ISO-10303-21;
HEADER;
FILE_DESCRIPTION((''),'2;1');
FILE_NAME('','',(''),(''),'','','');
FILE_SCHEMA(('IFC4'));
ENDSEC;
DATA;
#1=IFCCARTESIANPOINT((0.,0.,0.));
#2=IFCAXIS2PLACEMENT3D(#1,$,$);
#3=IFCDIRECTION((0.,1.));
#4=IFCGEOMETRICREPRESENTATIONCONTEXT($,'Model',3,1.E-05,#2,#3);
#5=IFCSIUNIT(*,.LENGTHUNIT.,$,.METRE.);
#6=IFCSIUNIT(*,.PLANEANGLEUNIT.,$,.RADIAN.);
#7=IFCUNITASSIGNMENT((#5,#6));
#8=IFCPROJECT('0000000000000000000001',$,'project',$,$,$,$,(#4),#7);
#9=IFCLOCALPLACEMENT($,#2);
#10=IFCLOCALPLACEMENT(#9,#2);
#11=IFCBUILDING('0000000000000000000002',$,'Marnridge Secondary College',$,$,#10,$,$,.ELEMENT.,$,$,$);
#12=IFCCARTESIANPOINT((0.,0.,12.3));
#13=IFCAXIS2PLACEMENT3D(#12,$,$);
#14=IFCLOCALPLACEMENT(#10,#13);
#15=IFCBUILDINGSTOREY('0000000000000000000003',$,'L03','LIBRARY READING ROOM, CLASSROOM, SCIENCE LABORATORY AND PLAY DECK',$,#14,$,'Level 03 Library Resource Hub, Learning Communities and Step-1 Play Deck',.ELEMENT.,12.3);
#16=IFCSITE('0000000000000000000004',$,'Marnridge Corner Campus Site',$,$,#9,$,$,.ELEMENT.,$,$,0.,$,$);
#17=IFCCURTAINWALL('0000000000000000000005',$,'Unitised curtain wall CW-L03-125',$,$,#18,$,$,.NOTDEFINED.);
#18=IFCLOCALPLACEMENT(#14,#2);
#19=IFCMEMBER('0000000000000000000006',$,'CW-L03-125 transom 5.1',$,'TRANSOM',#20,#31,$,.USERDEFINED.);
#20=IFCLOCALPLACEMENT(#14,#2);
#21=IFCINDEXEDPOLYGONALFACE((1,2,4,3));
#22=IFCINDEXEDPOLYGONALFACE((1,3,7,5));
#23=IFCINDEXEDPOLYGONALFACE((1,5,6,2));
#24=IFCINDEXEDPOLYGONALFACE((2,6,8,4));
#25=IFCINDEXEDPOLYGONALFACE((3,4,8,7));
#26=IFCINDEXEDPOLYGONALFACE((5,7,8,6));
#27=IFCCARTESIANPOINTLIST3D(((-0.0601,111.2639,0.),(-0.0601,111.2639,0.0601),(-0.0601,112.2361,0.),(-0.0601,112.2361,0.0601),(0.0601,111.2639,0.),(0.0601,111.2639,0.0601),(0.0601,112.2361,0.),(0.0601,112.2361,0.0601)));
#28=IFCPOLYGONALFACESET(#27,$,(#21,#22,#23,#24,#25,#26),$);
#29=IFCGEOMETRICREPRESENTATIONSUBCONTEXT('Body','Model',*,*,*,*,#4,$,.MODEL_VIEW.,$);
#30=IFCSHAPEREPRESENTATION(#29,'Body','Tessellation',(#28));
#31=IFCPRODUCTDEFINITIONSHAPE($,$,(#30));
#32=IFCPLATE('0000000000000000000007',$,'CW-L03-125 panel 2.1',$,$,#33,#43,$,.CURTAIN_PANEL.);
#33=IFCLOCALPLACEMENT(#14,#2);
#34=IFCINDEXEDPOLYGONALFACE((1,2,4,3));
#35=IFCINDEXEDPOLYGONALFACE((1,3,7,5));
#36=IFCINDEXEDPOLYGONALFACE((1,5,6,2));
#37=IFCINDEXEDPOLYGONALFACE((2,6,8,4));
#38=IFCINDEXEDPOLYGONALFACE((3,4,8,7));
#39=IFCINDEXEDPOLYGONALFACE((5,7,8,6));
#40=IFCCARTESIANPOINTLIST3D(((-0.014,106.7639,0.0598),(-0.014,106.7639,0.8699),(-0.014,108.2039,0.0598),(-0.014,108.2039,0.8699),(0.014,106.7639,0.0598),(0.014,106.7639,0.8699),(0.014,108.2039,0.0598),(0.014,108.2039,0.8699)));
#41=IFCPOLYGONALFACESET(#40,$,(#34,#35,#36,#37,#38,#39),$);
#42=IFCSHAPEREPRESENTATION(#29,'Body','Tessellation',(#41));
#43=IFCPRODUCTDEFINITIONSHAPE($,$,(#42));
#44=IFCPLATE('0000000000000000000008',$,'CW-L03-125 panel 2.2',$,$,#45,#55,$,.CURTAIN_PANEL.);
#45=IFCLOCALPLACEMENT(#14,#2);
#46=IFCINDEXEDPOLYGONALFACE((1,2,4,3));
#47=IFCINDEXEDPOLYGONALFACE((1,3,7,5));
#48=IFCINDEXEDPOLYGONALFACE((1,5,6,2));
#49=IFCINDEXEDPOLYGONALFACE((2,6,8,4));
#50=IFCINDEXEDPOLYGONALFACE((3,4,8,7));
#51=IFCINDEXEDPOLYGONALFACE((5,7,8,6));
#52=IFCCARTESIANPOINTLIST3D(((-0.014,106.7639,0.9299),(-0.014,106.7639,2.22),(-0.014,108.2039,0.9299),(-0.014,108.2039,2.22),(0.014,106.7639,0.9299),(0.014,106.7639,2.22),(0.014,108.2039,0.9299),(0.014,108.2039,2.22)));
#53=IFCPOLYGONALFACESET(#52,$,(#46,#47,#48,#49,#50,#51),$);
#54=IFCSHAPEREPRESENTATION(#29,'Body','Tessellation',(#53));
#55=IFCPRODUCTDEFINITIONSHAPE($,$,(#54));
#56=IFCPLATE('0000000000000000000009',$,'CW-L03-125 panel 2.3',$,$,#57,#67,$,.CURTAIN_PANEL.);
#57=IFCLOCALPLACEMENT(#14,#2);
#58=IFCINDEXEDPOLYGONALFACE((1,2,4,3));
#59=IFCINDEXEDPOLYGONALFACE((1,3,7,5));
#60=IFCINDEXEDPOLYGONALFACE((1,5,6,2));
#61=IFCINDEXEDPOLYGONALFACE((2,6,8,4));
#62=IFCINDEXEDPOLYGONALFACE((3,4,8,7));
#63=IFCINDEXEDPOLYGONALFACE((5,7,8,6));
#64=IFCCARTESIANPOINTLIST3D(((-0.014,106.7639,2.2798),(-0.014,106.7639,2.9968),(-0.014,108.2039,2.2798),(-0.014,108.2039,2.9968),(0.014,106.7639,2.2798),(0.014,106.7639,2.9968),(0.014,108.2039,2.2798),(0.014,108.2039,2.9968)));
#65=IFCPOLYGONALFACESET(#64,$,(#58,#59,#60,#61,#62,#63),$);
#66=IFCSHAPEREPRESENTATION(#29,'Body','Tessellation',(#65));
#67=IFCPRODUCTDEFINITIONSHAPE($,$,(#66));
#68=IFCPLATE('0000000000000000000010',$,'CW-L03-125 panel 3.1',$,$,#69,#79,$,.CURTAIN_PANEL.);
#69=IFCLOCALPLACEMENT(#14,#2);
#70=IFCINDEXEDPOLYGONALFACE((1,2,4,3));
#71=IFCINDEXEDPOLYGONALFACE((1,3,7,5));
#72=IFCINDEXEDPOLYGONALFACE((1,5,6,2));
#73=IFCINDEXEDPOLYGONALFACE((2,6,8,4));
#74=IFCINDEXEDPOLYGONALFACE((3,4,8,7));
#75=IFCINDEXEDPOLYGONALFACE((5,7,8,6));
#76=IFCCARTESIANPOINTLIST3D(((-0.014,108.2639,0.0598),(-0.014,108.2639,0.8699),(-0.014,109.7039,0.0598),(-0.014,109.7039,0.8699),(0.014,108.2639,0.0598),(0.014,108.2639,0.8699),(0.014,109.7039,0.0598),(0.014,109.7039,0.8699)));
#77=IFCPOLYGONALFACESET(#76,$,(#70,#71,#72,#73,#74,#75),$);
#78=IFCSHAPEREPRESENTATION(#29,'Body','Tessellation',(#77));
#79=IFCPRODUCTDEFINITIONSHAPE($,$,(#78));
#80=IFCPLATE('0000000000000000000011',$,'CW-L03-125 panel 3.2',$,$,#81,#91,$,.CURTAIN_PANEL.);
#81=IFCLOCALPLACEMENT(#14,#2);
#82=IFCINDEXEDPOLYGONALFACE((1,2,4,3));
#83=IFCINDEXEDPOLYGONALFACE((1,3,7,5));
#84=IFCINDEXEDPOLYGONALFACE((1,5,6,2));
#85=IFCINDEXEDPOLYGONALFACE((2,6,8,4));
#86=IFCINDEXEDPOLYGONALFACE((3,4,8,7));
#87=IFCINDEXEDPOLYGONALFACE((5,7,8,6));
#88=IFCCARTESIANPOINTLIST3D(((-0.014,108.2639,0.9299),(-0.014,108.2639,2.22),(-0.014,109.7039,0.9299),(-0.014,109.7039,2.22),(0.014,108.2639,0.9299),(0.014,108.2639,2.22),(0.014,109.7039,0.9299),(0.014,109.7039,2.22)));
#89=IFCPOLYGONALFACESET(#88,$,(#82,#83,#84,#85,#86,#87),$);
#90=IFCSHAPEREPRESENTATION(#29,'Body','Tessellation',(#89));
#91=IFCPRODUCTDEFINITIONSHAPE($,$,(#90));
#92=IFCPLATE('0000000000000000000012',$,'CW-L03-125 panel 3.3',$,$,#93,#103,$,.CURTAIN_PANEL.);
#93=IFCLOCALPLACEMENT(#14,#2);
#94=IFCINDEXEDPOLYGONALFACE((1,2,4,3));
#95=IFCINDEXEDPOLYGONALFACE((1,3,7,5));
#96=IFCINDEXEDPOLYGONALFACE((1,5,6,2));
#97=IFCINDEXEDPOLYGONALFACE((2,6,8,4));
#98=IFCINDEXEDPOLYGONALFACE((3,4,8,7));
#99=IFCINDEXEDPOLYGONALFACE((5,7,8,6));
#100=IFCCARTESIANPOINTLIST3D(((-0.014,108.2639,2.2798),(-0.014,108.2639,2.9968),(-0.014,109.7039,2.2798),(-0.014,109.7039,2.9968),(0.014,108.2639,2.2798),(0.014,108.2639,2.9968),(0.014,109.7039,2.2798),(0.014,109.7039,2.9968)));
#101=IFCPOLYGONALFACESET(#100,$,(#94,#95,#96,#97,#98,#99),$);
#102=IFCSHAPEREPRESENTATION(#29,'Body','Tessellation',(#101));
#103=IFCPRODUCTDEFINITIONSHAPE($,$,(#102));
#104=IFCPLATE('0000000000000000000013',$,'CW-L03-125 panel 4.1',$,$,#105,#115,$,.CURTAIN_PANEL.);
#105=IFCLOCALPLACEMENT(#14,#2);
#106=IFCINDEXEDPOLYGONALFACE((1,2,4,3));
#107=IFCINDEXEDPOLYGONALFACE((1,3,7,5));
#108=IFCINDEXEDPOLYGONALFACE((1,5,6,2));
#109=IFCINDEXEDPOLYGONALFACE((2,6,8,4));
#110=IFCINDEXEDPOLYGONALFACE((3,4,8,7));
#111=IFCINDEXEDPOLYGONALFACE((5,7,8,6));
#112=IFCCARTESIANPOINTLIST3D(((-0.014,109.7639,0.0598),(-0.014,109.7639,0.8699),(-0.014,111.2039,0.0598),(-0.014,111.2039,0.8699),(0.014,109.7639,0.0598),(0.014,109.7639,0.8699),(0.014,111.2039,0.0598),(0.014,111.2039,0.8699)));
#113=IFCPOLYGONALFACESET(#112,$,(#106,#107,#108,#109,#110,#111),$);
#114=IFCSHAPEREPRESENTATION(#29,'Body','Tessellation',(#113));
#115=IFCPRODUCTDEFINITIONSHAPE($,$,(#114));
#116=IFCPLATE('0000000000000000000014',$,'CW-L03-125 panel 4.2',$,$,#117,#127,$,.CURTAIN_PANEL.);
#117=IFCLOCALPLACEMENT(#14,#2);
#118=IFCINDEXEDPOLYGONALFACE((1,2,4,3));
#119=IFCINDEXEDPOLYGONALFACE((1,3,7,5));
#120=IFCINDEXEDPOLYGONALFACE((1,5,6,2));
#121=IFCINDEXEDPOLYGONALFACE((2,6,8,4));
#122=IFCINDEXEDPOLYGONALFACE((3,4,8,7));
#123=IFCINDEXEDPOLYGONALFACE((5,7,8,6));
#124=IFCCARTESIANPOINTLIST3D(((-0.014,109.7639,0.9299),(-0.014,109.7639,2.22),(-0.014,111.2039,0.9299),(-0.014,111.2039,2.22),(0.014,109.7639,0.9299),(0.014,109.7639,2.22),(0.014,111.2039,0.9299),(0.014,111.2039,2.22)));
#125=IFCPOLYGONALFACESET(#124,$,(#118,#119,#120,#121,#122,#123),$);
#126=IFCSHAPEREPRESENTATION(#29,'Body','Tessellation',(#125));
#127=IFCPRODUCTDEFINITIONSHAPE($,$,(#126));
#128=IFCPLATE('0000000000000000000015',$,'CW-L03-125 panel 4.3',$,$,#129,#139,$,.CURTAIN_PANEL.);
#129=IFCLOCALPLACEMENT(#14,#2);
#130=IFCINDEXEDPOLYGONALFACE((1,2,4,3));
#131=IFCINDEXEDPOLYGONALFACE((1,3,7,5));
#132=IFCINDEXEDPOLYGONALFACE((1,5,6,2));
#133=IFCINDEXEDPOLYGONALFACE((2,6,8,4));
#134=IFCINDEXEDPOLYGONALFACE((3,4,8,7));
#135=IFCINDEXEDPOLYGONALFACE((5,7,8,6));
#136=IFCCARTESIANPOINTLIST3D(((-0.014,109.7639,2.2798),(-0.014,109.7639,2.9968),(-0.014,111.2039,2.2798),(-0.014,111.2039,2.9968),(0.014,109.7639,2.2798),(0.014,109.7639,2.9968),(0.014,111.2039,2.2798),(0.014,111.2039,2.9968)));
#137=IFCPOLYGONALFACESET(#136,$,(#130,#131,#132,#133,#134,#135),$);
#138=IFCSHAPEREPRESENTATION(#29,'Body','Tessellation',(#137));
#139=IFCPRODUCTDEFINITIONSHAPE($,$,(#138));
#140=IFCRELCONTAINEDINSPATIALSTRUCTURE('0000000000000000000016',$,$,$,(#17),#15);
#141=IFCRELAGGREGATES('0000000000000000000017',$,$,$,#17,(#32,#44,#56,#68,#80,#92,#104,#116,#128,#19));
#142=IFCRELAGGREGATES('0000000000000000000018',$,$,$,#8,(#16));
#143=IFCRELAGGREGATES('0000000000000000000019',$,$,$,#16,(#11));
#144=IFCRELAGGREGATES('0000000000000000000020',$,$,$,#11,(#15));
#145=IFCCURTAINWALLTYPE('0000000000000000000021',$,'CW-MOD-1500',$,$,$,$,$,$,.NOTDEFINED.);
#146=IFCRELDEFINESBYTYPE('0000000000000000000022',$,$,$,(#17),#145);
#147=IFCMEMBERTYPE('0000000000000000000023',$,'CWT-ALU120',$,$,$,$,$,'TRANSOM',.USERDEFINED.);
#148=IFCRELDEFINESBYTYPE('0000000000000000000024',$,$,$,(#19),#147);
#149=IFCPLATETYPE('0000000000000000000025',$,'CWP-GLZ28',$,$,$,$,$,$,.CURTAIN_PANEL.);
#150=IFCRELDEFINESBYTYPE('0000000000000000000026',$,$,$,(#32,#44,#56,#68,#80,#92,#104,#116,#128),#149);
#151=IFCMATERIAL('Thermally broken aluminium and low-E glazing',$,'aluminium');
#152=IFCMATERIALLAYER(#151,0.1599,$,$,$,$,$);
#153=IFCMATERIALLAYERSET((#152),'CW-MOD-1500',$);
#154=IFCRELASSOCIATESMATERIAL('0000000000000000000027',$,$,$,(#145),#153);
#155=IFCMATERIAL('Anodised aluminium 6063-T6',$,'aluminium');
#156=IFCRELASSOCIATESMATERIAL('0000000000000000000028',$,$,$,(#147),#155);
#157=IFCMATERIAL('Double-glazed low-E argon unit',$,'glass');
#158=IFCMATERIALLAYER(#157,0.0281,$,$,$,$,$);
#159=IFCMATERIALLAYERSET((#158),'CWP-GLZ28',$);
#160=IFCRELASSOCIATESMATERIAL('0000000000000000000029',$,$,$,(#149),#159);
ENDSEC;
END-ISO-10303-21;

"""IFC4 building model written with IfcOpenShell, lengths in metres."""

from ifc_helpers import new_model, si_unit, direction, frame, origin, origin_2d, place, context, subcontext, project, spatial, rectangle, extrude, material, layer, layer_set, material_profile, profile_set, type_object, element, aggregate, save


model = new_model("IFC4")

# Units and contexts
model_context = context("Model", 3, precision=1e-05, world=origin(), true_north=direction((0.0, 1.0)))
body_context = subcontext(model_context, "Body", "Model", "MODEL_VIEW")
ifc_project = project(units=[si_unit("LENGTHUNIT", "METRE"), si_unit("PLANEANGLEUNIT", "RADIAN")], contexts=[model_context])

# Site, building, storey
site_placement = place(None, origin())
site = spatial("IfcSite", under=ifc_project, at=site_placement, Name="Marnridge Corner Campus Site", CompositionType="ELEMENT", RefElevation=0.0)
building_placement = place(site_placement, origin())
building = spatial("IfcBuilding", under=site, at=building_placement, Name="Marnridge Secondary College", CompositionType="ELEMENT")
storey_placement = place(building_placement, frame((0.0, 0.0, 12.3)))
storey = spatial("IfcBuildingStorey", under=building, at=storey_placement, Name="L03", Description="LIBRARY READING ROOM, CLASSROOM, SCIENCE LABORATORY AND PLAY DECK", LongName="Level 03 Library Resource Hub, Learning Communities and Step-1 Play Deck", CompositionType="ELEMENT", Elevation=12.3)

# Curtain wall, member, plates
ifc_material_1 = material(Name="Thermally broken aluminium and low-E glazing", Category="aluminium")
ifc_layer_1 = layer(ifc_material_1, 0.1599)
ifc_layer_set_1 = layer_set([ifc_layer_1], Name="CW-MOD-1500")
curtain_wall_type = type_object("IfcCurtainWallType", Name="CW-MOD-1500", PredefinedType="NOTDEFINED", material=ifc_layer_set_1)
curtain_wall_placement = place(storey_placement, origin())
curtain_wall = element("IfcCurtainWall", 1, at=curtain_wall_placement, inside=storey, type_object=curtain_wall_type, Name="Unitised curtain wall CW-L03-125", PredefinedType="NOTDEFINED")
ifc_material_2 = material(Name="Anodised aluminium 6063-T6", Category="aluminium")
ifc_material_profile_1 = material_profile(ifc_material_2, rectangle(XDim=0.0601, YDim=0.1201, at=origin_2d()), Name="ALU 60x120")
ifc_profile_set_1 = profile_set([ifc_material_profile_1], Name="Anodised aluminium 6063-T6")
member_type_1 = type_object("IfcMemberType", Name="CWT-ALU120", ElementType="TRANSOM", PredefinedType="USERDEFINED", material=ifc_profile_set_1)
member_1_placement = place(storey_placement, frame((0.0, 111.2639, 0.03), z_axis=(0.0, 1.0, 0.0), x_axis=(0.0, 0.0, 1.0)))
member_1 = element("IfcMember", 2, at=member_1_placement, type_object=member_type_1, Name="CW-L03-125 transom 5.1", ObjectType="TRANSOM", PredefinedType="USERDEFINED", context=body_context, shape_type="SweptSolid", body=[
    extrude(rectangle(XDim=0.0601, YDim=0.1201, at=origin_2d()), origin(), (0.0, 0.0, 1.0), 0.9722),
])
ifc_material_3 = material(Name="Double-glazed low-E argon unit", Category="glass")
ifc_layer_2 = layer(ifc_material_3, 0.0281)
ifc_layer_set_2 = layer_set([ifc_layer_2], Name="CWP-GLZ28")
plate_type = type_object("IfcPlateType", Name="CWP-GLZ28", PredefinedType="CURTAIN_PANEL", material=ifc_layer_set_2)
plate_1_placement = place(storey_placement, frame((0.0, 107.4839, 0.0598), z_axis=(0.0, 0.0, 1.0), x_axis=(0.0, 1.0, 0.0)))
plate_1 = element("IfcPlate", 3, at=plate_1_placement, type_object=plate_type, Name="CW-L03-125 panel 2.1", PredefinedType="CURTAIN_PANEL", context=body_context, shape_type="SweptSolid", body=[
    extrude(rectangle(XDim=1.4399, YDim=0.0281, at=origin_2d()), origin(), (0.0, 0.0, 1.0), 0.8101),
])
plate_2_placement = place(storey_placement, frame((0.0, 107.4839, 0.9299), z_axis=(0.0, 0.0, 1.0), x_axis=(0.0, 1.0, 0.0)))
plate_2 = element("IfcPlate", 4, at=plate_2_placement, type_object=plate_type, Name="CW-L03-125 panel 2.2", PredefinedType="CURTAIN_PANEL", context=body_context, shape_type="SweptSolid", body=[
    extrude(rectangle(XDim=1.4399, YDim=0.0281, at=origin_2d()), origin(), (0.0, 0.0, 1.0), 1.29),
])
plate_3_placement = place(storey_placement, frame((0.0, 107.4839, 2.2798), z_axis=(0.0, 0.0, 1.0), x_axis=(0.0, 1.0, 0.0)))
plate_3 = element("IfcPlate", 5, at=plate_3_placement, type_object=plate_type, Name="CW-L03-125 panel 2.3", PredefinedType="CURTAIN_PANEL", context=body_context, shape_type="SweptSolid", body=[
    extrude(rectangle(XDim=1.4399, YDim=0.0281, at=origin_2d()), origin(), (0.0, 0.0, 1.0), 0.717),
])
plate_4_placement = place(storey_placement, frame((0.0, 108.9839, 0.0598), z_axis=(0.0, 0.0, 1.0), x_axis=(0.0, 1.0, 0.0)))
plate_4 = element("IfcPlate", 6, at=plate_4_placement, type_object=plate_type, Name="CW-L03-125 panel 3.1", PredefinedType="CURTAIN_PANEL", context=body_context, shape_type="SweptSolid", body=[
    extrude(rectangle(XDim=1.4399, YDim=0.0281, at=origin_2d()), origin(), (0.0, 0.0, 1.0), 0.8101),
])
plate_5_placement = place(storey_placement, frame((0.0, 108.9839, 0.9299), z_axis=(0.0, 0.0, 1.0), x_axis=(0.0, 1.0, 0.0)))
plate_5 = element("IfcPlate", 7, at=plate_5_placement, type_object=plate_type, Name="CW-L03-125 panel 3.2", PredefinedType="CURTAIN_PANEL", context=body_context, shape_type="SweptSolid", body=[
    extrude(rectangle(XDim=1.4399, YDim=0.0281, at=origin_2d()), origin(), (0.0, 0.0, 1.0), 1.29),
])
plate_6_placement = place(storey_placement, frame((0.0, 108.9839, 2.2798), z_axis=(0.0, 0.0, 1.0), x_axis=(0.0, 1.0, 0.0)))
plate_6 = element("IfcPlate", 8, at=plate_6_placement, type_object=plate_type, Name="CW-L03-125 panel 3.3", PredefinedType="CURTAIN_PANEL", context=body_context, shape_type="SweptSolid", body=[
    extrude(rectangle(XDim=1.4399, YDim=0.0281, at=origin_2d()), origin(), (0.0, 0.0, 1.0), 0.717),
])
plate_7_placement = place(storey_placement, frame((0.0, 110.4839, 0.0598), z_axis=(0.0, 0.0, 1.0), x_axis=(0.0, 1.0, 0.0)))
plate_7 = element("IfcPlate", 9, at=plate_7_placement, type_object=plate_type, Name="CW-L03-125 panel 4.1", PredefinedType="CURTAIN_PANEL", context=body_context, shape_type="SweptSolid", body=[
    extrude(rectangle(XDim=1.4399, YDim=0.0281, at=origin_2d()), origin(), (0.0, 0.0, 1.0), 0.8101),
])
plate_8_placement = place(storey_placement, frame((0.0, 110.4839, 0.9299), z_axis=(0.0, 0.0, 1.0), x_axis=(0.0, 1.0, 0.0)))
plate_8 = element("IfcPlate", 10, at=plate_8_placement, type_object=plate_type, Name="CW-L03-125 panel 4.2", PredefinedType="CURTAIN_PANEL", context=body_context, shape_type="SweptSolid", body=[
    extrude(rectangle(XDim=1.4399, YDim=0.0281, at=origin_2d()), origin(), (0.0, 0.0, 1.0), 1.29),
])
plate_9_placement = place(storey_placement, frame((0.0, 110.4839, 2.2798), z_axis=(0.0, 0.0, 1.0), x_axis=(0.0, 1.0, 0.0)))
plate_9 = element("IfcPlate", 11, at=plate_9_placement, type_object=plate_type, Name="CW-L03-125 panel 4.3", PredefinedType="CURTAIN_PANEL", context=body_context, shape_type="SweptSolid", body=[
    extrude(rectangle(XDim=1.4399, YDim=0.0281, at=origin_2d()), origin(), (0.0, 0.0, 1.0), 0.717),
])
aggregate(curtain_wall, [plate_1, plate_2, plate_3, plate_4, plate_5, plate_6, plate_7, plate_8, plate_9, member_1])

save(model, "model.ifc")
